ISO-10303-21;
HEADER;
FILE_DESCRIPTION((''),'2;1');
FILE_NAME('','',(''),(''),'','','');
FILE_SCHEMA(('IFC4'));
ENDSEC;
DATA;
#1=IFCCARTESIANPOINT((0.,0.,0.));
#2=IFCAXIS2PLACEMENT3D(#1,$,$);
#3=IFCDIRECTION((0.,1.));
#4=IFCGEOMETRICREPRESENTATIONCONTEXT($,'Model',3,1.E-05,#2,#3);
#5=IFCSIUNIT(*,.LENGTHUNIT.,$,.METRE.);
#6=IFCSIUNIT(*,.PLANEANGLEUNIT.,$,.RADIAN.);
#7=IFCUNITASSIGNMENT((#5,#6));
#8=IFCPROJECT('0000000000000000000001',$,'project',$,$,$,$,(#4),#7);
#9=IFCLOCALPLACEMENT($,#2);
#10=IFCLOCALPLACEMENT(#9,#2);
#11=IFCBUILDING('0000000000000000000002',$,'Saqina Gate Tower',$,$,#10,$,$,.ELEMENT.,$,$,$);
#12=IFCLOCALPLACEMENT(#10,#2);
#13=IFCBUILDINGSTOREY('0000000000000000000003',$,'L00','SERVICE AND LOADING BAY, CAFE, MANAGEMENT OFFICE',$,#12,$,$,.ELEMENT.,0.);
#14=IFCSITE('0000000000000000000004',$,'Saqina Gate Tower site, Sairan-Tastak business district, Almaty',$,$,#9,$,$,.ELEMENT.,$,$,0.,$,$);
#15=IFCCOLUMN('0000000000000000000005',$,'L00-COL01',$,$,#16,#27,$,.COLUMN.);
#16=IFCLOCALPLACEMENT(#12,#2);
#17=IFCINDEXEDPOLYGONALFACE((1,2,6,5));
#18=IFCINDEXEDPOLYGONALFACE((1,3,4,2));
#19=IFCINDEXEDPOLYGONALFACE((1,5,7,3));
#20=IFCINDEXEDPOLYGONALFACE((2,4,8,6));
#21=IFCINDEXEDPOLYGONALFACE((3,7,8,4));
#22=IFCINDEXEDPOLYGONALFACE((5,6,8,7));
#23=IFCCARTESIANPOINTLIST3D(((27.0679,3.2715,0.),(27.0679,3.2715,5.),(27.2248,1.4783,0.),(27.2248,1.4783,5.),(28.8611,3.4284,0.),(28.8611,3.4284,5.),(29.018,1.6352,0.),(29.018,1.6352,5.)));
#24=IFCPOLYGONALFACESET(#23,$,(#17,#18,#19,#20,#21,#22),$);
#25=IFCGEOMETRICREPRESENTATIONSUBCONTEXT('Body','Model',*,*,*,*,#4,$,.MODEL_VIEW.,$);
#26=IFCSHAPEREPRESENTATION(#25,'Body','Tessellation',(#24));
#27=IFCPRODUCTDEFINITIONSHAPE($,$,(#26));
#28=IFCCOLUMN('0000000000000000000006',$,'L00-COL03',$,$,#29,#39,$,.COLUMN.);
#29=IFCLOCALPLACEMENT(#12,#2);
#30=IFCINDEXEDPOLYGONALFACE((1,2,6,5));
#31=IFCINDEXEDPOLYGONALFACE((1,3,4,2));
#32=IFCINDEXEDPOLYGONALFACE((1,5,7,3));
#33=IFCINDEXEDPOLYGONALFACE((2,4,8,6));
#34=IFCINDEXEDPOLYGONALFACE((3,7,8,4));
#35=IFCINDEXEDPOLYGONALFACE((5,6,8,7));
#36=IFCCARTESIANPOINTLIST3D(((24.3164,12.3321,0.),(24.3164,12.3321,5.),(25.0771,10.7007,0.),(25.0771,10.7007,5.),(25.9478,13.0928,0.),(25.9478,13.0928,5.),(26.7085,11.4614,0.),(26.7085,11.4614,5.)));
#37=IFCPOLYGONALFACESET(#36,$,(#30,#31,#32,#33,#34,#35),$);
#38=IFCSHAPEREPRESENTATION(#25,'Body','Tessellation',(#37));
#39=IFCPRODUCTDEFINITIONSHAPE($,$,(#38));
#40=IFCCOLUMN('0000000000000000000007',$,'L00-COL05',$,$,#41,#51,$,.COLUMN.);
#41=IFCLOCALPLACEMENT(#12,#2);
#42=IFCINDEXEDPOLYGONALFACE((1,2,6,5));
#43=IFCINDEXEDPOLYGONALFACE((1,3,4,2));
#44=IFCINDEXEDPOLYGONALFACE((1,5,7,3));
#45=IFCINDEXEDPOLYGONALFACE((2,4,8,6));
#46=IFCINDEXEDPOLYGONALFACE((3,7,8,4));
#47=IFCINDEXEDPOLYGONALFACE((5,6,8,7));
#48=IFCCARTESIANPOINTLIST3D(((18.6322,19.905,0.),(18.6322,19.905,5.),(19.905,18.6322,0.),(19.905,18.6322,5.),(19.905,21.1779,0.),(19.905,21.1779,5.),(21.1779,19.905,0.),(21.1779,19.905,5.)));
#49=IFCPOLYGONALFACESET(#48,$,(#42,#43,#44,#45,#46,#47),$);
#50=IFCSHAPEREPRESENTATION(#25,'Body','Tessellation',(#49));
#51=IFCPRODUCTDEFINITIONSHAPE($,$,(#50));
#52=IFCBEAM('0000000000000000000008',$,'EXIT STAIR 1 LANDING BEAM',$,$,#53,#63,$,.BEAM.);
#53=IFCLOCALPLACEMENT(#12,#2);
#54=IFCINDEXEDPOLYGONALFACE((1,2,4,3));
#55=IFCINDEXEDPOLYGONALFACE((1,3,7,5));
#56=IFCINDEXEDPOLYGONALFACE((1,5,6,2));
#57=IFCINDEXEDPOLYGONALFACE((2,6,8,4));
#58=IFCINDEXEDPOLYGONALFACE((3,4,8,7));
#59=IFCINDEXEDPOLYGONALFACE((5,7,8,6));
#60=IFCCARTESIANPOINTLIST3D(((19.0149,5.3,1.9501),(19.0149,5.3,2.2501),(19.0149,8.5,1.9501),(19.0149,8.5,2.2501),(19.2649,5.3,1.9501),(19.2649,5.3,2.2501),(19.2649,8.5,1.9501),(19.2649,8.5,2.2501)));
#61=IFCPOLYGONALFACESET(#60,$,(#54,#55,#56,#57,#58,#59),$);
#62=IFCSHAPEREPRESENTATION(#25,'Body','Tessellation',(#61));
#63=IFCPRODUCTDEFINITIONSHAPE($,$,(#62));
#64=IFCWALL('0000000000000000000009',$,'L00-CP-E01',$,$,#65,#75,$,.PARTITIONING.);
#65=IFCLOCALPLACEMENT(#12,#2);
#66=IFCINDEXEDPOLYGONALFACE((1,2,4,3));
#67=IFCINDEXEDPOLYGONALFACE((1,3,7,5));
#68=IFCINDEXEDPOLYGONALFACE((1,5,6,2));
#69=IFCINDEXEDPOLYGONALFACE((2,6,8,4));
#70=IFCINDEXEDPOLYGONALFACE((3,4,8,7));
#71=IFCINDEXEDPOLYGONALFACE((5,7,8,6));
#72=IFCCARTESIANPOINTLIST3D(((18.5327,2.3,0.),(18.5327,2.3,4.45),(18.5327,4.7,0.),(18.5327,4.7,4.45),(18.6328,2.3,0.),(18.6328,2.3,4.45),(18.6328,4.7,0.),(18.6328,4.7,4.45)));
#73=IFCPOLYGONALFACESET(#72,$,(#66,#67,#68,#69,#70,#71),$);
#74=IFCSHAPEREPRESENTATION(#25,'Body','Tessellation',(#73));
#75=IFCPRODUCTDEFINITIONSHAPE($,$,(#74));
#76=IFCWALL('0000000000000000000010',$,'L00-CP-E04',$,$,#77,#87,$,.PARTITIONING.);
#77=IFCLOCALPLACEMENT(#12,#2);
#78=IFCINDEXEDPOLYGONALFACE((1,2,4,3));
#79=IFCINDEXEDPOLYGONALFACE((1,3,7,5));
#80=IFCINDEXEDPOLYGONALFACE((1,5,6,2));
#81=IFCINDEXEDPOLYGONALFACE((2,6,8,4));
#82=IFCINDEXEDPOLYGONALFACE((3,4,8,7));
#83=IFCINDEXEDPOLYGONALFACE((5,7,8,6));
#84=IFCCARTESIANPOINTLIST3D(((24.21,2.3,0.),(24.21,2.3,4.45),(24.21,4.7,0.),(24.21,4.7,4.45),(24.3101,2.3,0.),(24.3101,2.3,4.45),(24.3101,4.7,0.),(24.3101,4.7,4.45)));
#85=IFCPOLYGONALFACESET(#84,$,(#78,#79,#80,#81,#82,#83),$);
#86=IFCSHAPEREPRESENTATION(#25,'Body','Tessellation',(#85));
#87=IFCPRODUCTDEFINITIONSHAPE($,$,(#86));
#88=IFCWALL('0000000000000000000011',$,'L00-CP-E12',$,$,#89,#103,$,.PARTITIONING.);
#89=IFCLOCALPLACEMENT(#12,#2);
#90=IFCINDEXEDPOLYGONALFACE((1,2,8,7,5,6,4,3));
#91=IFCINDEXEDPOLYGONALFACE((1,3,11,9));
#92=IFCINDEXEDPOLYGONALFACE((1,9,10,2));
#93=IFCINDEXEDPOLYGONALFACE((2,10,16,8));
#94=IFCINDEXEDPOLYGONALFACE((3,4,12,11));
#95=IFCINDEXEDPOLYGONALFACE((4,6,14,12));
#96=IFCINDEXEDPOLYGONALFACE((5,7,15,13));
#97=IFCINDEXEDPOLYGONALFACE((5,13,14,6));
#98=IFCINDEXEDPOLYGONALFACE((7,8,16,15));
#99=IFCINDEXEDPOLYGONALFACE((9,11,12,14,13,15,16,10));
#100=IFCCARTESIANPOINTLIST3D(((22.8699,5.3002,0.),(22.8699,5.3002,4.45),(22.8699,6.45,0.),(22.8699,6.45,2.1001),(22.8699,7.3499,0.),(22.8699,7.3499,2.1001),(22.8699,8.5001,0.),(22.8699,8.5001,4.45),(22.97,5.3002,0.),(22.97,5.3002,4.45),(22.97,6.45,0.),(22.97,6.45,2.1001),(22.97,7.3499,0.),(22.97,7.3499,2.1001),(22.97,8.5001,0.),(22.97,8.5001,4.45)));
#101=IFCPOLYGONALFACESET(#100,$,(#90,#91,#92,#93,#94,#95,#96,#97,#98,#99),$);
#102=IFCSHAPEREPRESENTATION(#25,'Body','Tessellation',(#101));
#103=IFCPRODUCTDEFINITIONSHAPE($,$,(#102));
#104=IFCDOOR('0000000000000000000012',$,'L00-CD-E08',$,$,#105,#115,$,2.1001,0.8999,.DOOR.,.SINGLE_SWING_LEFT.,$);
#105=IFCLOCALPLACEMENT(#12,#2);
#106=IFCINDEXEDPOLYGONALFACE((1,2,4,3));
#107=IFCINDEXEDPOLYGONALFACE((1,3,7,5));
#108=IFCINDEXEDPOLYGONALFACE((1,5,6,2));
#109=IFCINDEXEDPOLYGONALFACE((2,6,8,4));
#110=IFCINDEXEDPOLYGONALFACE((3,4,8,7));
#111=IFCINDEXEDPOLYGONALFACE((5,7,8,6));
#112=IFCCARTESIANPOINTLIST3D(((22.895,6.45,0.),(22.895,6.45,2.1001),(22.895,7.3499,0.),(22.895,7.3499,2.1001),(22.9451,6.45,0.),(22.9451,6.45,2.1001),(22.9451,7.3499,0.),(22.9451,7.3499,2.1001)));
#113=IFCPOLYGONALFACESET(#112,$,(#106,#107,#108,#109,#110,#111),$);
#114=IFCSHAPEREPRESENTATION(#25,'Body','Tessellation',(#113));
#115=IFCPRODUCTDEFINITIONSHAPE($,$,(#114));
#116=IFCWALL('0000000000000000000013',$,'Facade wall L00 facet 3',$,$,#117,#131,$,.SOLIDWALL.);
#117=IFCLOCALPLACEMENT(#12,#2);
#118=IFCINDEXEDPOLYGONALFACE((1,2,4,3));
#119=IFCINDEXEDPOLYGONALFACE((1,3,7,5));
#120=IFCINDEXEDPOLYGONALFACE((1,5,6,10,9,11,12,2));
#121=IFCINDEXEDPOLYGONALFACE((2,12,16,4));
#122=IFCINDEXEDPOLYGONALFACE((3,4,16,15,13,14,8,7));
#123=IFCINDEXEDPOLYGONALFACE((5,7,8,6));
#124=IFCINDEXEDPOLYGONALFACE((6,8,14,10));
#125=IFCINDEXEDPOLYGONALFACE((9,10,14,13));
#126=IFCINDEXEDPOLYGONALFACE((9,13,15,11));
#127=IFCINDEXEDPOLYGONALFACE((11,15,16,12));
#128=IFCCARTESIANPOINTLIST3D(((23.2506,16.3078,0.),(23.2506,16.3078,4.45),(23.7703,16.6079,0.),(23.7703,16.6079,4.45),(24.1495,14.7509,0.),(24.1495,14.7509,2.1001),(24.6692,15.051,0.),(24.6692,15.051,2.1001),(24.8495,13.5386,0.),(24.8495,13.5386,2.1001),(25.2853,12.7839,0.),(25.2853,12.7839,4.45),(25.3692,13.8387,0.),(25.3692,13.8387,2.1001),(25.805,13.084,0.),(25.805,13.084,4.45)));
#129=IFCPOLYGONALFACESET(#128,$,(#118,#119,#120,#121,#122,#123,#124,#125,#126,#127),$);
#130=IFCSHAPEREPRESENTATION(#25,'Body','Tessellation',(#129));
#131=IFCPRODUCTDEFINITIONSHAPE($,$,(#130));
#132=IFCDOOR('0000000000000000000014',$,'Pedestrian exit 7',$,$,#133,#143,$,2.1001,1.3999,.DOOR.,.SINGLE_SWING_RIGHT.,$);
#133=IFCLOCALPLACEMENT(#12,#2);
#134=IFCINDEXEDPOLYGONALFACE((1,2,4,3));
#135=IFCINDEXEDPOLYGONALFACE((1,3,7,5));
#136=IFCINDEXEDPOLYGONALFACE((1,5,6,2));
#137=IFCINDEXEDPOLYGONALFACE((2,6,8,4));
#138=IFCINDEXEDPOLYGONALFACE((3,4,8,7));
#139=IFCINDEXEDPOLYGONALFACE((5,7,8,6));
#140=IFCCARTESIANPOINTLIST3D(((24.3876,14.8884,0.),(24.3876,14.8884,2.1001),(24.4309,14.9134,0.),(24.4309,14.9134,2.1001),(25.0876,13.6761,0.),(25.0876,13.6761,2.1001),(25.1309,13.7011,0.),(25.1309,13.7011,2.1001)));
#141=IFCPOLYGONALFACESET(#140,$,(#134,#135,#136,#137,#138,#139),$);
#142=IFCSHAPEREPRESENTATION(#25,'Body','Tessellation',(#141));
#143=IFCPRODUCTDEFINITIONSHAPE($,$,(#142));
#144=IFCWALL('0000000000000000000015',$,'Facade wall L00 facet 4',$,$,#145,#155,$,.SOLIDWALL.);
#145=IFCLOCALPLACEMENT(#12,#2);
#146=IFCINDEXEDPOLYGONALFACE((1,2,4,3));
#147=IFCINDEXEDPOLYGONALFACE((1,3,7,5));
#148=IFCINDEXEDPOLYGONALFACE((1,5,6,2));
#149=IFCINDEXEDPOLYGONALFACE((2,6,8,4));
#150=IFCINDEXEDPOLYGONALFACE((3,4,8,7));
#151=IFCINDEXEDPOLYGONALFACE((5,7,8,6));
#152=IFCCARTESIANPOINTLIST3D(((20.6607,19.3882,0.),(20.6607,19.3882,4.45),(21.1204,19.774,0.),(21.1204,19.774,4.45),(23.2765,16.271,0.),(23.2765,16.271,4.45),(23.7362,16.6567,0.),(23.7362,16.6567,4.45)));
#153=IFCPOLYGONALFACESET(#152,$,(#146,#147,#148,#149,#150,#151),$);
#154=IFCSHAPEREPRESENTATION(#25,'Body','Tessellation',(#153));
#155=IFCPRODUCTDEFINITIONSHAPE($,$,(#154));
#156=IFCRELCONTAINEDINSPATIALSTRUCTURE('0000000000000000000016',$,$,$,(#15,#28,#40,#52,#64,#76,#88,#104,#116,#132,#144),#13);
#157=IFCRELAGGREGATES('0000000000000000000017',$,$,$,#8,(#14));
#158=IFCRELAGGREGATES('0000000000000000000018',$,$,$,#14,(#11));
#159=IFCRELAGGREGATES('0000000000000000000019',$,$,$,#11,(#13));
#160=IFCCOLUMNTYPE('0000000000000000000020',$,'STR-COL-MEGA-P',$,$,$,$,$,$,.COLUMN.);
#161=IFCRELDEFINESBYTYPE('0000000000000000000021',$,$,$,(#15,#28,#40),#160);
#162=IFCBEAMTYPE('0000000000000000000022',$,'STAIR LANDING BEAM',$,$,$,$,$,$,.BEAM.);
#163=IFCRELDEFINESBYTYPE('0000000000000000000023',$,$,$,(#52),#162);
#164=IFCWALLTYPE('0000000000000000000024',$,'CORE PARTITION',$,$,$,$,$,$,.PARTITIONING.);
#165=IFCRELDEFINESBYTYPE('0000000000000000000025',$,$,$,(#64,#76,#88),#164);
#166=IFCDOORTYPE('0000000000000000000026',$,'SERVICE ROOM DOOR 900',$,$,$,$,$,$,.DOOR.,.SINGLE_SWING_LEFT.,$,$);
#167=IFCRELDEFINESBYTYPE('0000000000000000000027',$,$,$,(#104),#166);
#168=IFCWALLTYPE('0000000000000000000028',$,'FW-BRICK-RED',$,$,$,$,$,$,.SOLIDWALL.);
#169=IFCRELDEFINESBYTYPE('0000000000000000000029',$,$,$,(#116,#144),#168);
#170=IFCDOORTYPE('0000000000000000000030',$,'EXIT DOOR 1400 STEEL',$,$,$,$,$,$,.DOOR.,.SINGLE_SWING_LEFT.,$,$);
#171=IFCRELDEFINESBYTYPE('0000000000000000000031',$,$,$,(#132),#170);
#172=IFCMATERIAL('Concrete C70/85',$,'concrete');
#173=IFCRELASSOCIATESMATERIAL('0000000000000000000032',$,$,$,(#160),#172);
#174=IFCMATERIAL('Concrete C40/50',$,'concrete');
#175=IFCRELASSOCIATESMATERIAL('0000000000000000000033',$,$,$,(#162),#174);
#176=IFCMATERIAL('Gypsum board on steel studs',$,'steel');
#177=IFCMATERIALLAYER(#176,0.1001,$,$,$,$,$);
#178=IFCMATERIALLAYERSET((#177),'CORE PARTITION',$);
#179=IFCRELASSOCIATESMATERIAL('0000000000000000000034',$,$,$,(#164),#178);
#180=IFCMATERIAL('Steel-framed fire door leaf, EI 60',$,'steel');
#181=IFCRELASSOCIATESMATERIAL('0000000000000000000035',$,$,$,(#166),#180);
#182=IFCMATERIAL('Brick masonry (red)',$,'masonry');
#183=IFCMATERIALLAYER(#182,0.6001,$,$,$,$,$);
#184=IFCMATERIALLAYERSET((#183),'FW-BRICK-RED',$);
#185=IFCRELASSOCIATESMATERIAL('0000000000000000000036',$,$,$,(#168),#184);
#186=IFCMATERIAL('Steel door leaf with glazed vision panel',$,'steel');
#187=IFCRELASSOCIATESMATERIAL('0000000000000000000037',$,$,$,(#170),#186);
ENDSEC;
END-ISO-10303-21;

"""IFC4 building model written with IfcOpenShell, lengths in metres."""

from ifc_helpers import new_model, si_unit, direction, frame, frame_2d, origin, origin_2d, place, context, subcontext, project, spatial, rectangle, extrude, material, layer, layer_set, material_profile, profile_set, type_object, element, fill, save


model = new_model("IFC4")

# Units and contexts
model_context = context("Model", 3, precision=1e-05, world=origin(), true_north=direction((0.0, 1.0)))
body_context = subcontext(model_context, "Body", "Model", "MODEL_VIEW")
ifc_project = project(units=[si_unit("LENGTHUNIT", "METRE"), si_unit("PLANEANGLEUNIT", "RADIAN")], contexts=[model_context])

# Site, building, storey
site_placement = place(None, origin())
site = spatial("IfcSite", under=ifc_project, at=site_placement, Name="Saqina Gate Tower site, Sairan-Tastak business district, Almaty", CompositionType="ELEMENT", RefElevation=0.0)
building_placement = place(site_placement, origin())
building = spatial("IfcBuilding", under=site, at=building_placement, Name="Saqina Gate Tower", CompositionType="ELEMENT")
storey_placement = place(building_placement, origin())
storey = spatial("IfcBuildingStorey", under=building, at=storey_placement, Name="L00", Description="SERVICE AND LOADING BAY, CAFE, MANAGEMENT OFFICE", CompositionType="ELEMENT", Elevation=0.0)

# Columns
ifc_material_1 = material(Name="Concrete C70/85", Category="concrete")
ifc_material_profile_1 = material_profile(ifc_material_1, rectangle(XDim=1.8, YDim=1.8, at=origin_2d()), Name="RC 1800x1800")
ifc_profile_set_1 = profile_set([ifc_material_profile_1], Name="Concrete C70/85")
column_type = type_object("IfcColumnType", Name="STR-COL-MEGA-P", PredefinedType="COLUMN", material=ifc_profile_set_1)
for number, where, z_axis, x_axis, name in (
    (1, (28.043, 2.4534, 0.0), (0.0, 0.0, 1.0), (0.996195, 0.087156, 0.0), "L00-COL01"),
    (2, (25.5125, 11.8967, 0.0), (0.0, 0.0, 1.0), (0.906308, 0.422618, 0.0), "L00-COL03"),
    (3, (19.905, 19.905, 0.0), (0.0, 0.0, 1.0), (0.707107, 0.707107, 0.0), "L00-COL05"),
):
    element("IfcColumn", number, at=place(storey_placement, frame(where, z_axis=z_axis, x_axis=x_axis)), inside=storey, type_object=column_type, Name=name, PredefinedType="COLUMN", context=body_context, shape_type="SweptSolid", body=[
        extrude(rectangle(XDim=1.8, YDim=1.8, at=origin_2d()), origin(), (0.0, 0.0, 1.0), 5.0),
    ])

# Beam
ifc_material_2 = material(Name="Concrete C40/50", Category="concrete")
ifc_material_profile_2 = material_profile(ifc_material_2, rectangle(XDim=0.25, YDim=0.3, at=origin_2d()), Name="STAIR LANDING BEAM")
ifc_profile_set_2 = profile_set([ifc_material_profile_2], Name="Concrete C40/50")
beam_type = type_object("IfcBeamType", Name="STAIR LANDING BEAM", PredefinedType="BEAM", material=ifc_profile_set_2)
beam_placement = place(storey_placement, frame((19.1399, 5.3, 2.1001), z_axis=(0.0, 1.0, 0.0), x_axis=(-1.0, 0.0, 0.0)))
element("IfcBeam", 4, at=beam_placement, inside=storey, type_object=beam_type, Name="EXIT STAIR 1 LANDING BEAM", PredefinedType="BEAM", context=body_context, shape_type="SweptSolid", body=[
    extrude(rectangle(XDim=0.25, YDim=0.3, at=origin_2d()), origin(), (0.0, 0.0, 1.0), 3.2),
])

# Walls
ifc_material_3 = material(Name="Gypsum board on steel studs", Category="steel")
ifc_layer_1 = layer(ifc_material_3, 0.1001)
ifc_layer_set_1 = layer_set([ifc_layer_1], Name="CORE PARTITION")
wall_type_1 = type_object("IfcWallType", Name="CORE PARTITION", PredefinedType="PARTITIONING", material=ifc_layer_set_1)
for number, where, z_axis, x_axis, name in (
    (5, (18.5828, 2.3, 0.0), (0.0, 0.0, 1.0), (0.0, 1.0, 0.0), "L00-CP-E01"),
    (6, (24.26, 2.3, 0.0), (0.0, 0.0, 1.0), (0.0, 1.0, 0.0), "L00-CP-E04"),
):
    element("IfcWall", number, at=place(storey_placement, frame(where, z_axis=z_axis, x_axis=x_axis)), inside=storey, type_object=wall_type_1, Name=name, PredefinedType="PARTITIONING", context=body_context, shape_type="SweptSolid", body=[
        extrude(rectangle(XDim=2.3999, YDim=0.1001, at=frame_2d((1.2, 0.0))), origin(), (0.0, 0.0, 1.0), 4.45),
    ])

# Walls, openings, doors
wall_1_placement = place(storey_placement, frame((22.9199, 5.3, 0.0), z_axis=(0.0, 0.0, 1.0), x_axis=(0.0, 1.0, 0.0)))
wall_1 = element("IfcWall", 7, at=wall_1_placement, inside=storey, type_object=wall_type_1, Name="L00-CP-E12", PredefinedType="PARTITIONING", context=body_context, shape_type="SweptSolid", body=[
    extrude(rectangle(XDim=3.2, YDim=0.1001, at=frame_2d((1.6001, 0.0))), origin(), (0.0, 0.0, 1.0), 4.45),
])
opening_1_placement = place(wall_1_placement, frame((1.1499, 0.0, 0.0)))
opening_1 = element("IfcOpeningElement", 8, at=opening_1_placement, cuts=wall_1, PredefinedType="OPENING", context=body_context, shape_type="SweptSolid", body=[
    extrude(rectangle(XDim=0.8999, YDim=2.1001, at=frame_2d((0.45, 1.05))), frame((0.0, 0.062, 0.0), z_axis=(0.0, -1.0, 0.0), x_axis=(1.0, 0.0, 0.0)), (0.0, 0.0, 1.0), 0.124),
])
ifc_material_4 = material(Name="Steel-framed fire door leaf, EI 60", Category="steel")
door_type_1 = type_object("IfcDoorType", Name="SERVICE ROOM DOOR 900", OperationType="SINGLE_SWING_LEFT", PredefinedType="DOOR", material=ifc_material_4)
door_1_placement = place(opening_1_placement, origin())
door_1 = element("IfcDoor", 9, at=door_1_placement, inside=storey, type_object=door_type_1, Name="L00-CD-E08", OperationType="SINGLE_SWING_LEFT", OverallHeight=2.1001, OverallWidth=0.8999, PredefinedType="DOOR", context=body_context, shape_type="SweptSolid", body=[
    extrude(rectangle(XDim=0.8999, YDim=2.1001, at=frame_2d((0.45, 1.05))), frame((0.0, 0.0249, 0.0), z_axis=(0.0, -1.0, 0.0), x_axis=(1.0, 0.0, 0.0)), (0.0, 0.0, 1.0), 0.05),
])
fill(opening_1, door_1)
ifc_material_5 = material(Name="Brick masonry (red)", Category="masonry")
ifc_layer_2 = layer(ifc_material_5, 0.6001)
ifc_layer_set_2 = layer_set([ifc_layer_2], Name="FW-BRICK-RED")
wall_type_2 = type_object("IfcWallType", Name="FW-BRICK-RED", PredefinedType="SOLIDWALL", material=ifc_layer_set_2)
wall_2_placement = place(storey_placement, frame((25.5452, 12.9338, 0.0), z_axis=(0.0, 0.0, 1.0), x_axis=(-0.500024, 0.866012, 0.0)))
wall_2 = element("IfcWall", 10, at=wall_2_placement, inside=storey, type_object=wall_type_2, Name="Facade wall L00 facet 3", PredefinedType="SOLIDWALL", context=body_context, shape_type="SweptSolid", body=[
    extrude(rectangle(XDim=4.0691, YDim=0.6001, at=frame_2d((2.0347, 0.0))), origin(), (0.0, 0.0, 1.0), 4.45),
])
opening_2_placement = place(wall_2_placement, frame((0.8716, 0.0, 0.0)))
opening_2 = element("IfcOpeningElement", 11, at=opening_2_placement, cuts=wall_2, PredefinedType="OPENING", context=body_context, shape_type="SweptSolid", body=[
    extrude(rectangle(XDim=1.3999, YDim=2.1001, at=frame_2d((0.7, 1.05))), frame((0.0, 0.312, 0.0), z_axis=(0.0, -1.0, 0.0), x_axis=(1.0, 0.0, 0.0)), (0.0, 0.0, 1.0), 0.624),
])
ifc_material_6 = material(Name="Steel door leaf with glazed vision panel", Category="steel")
door_type_2 = type_object("IfcDoorType", Name="EXIT DOOR 1400 STEEL", OperationType="SINGLE_SWING_LEFT", PredefinedType="DOOR", material=ifc_material_6)
door_2_placement = place(opening_2_placement, frame((1.3999, 0.0, 0.0), z_axis=(0.0, 0.0, 1.0), x_axis=(-1.0, 0.0, 0.0)))
door_2 = element("IfcDoor", 12, at=door_2_placement, inside=storey, type_object=door_type_2, Name="Pedestrian exit 7", OperationType="SINGLE_SWING_RIGHT", OverallHeight=2.1001, OverallWidth=1.3999, PredefinedType="DOOR", context=body_context, shape_type="SweptSolid", body=[
    extrude(rectangle(XDim=1.3999, YDim=2.1001, at=frame_2d((0.7, 1.05))), frame((0.0, 0.0249, 0.0), z_axis=(0.0, -1.0, 0.0), x_axis=(1.0, 0.0, 0.0)), (0.0, 0.0, 1.0), 0.05),
])
fill(opening_2, door_2)

# Wall
wall_3_placement = place(storey_placement, frame((23.5063, 16.4639, 0.0), z_axis=(0.0, 0.0, 1.0), x_axis=(-0.642801, 0.766033, 0.0)))
element("IfcWall", 13, at=wall_3_placement, inside=storey, type_object=wall_type_2, Name="Facade wall L00 facet 4", PredefinedType="SOLIDWALL", context=body_context, shape_type="SweptSolid", body=[
    extrude(rectangle(XDim=4.0693, YDim=0.6001, at=frame_2d((2.0347, 0.0))), origin(), (0.0, 0.0, 1.0), 4.45),
])

save(model, "model.ifc")
